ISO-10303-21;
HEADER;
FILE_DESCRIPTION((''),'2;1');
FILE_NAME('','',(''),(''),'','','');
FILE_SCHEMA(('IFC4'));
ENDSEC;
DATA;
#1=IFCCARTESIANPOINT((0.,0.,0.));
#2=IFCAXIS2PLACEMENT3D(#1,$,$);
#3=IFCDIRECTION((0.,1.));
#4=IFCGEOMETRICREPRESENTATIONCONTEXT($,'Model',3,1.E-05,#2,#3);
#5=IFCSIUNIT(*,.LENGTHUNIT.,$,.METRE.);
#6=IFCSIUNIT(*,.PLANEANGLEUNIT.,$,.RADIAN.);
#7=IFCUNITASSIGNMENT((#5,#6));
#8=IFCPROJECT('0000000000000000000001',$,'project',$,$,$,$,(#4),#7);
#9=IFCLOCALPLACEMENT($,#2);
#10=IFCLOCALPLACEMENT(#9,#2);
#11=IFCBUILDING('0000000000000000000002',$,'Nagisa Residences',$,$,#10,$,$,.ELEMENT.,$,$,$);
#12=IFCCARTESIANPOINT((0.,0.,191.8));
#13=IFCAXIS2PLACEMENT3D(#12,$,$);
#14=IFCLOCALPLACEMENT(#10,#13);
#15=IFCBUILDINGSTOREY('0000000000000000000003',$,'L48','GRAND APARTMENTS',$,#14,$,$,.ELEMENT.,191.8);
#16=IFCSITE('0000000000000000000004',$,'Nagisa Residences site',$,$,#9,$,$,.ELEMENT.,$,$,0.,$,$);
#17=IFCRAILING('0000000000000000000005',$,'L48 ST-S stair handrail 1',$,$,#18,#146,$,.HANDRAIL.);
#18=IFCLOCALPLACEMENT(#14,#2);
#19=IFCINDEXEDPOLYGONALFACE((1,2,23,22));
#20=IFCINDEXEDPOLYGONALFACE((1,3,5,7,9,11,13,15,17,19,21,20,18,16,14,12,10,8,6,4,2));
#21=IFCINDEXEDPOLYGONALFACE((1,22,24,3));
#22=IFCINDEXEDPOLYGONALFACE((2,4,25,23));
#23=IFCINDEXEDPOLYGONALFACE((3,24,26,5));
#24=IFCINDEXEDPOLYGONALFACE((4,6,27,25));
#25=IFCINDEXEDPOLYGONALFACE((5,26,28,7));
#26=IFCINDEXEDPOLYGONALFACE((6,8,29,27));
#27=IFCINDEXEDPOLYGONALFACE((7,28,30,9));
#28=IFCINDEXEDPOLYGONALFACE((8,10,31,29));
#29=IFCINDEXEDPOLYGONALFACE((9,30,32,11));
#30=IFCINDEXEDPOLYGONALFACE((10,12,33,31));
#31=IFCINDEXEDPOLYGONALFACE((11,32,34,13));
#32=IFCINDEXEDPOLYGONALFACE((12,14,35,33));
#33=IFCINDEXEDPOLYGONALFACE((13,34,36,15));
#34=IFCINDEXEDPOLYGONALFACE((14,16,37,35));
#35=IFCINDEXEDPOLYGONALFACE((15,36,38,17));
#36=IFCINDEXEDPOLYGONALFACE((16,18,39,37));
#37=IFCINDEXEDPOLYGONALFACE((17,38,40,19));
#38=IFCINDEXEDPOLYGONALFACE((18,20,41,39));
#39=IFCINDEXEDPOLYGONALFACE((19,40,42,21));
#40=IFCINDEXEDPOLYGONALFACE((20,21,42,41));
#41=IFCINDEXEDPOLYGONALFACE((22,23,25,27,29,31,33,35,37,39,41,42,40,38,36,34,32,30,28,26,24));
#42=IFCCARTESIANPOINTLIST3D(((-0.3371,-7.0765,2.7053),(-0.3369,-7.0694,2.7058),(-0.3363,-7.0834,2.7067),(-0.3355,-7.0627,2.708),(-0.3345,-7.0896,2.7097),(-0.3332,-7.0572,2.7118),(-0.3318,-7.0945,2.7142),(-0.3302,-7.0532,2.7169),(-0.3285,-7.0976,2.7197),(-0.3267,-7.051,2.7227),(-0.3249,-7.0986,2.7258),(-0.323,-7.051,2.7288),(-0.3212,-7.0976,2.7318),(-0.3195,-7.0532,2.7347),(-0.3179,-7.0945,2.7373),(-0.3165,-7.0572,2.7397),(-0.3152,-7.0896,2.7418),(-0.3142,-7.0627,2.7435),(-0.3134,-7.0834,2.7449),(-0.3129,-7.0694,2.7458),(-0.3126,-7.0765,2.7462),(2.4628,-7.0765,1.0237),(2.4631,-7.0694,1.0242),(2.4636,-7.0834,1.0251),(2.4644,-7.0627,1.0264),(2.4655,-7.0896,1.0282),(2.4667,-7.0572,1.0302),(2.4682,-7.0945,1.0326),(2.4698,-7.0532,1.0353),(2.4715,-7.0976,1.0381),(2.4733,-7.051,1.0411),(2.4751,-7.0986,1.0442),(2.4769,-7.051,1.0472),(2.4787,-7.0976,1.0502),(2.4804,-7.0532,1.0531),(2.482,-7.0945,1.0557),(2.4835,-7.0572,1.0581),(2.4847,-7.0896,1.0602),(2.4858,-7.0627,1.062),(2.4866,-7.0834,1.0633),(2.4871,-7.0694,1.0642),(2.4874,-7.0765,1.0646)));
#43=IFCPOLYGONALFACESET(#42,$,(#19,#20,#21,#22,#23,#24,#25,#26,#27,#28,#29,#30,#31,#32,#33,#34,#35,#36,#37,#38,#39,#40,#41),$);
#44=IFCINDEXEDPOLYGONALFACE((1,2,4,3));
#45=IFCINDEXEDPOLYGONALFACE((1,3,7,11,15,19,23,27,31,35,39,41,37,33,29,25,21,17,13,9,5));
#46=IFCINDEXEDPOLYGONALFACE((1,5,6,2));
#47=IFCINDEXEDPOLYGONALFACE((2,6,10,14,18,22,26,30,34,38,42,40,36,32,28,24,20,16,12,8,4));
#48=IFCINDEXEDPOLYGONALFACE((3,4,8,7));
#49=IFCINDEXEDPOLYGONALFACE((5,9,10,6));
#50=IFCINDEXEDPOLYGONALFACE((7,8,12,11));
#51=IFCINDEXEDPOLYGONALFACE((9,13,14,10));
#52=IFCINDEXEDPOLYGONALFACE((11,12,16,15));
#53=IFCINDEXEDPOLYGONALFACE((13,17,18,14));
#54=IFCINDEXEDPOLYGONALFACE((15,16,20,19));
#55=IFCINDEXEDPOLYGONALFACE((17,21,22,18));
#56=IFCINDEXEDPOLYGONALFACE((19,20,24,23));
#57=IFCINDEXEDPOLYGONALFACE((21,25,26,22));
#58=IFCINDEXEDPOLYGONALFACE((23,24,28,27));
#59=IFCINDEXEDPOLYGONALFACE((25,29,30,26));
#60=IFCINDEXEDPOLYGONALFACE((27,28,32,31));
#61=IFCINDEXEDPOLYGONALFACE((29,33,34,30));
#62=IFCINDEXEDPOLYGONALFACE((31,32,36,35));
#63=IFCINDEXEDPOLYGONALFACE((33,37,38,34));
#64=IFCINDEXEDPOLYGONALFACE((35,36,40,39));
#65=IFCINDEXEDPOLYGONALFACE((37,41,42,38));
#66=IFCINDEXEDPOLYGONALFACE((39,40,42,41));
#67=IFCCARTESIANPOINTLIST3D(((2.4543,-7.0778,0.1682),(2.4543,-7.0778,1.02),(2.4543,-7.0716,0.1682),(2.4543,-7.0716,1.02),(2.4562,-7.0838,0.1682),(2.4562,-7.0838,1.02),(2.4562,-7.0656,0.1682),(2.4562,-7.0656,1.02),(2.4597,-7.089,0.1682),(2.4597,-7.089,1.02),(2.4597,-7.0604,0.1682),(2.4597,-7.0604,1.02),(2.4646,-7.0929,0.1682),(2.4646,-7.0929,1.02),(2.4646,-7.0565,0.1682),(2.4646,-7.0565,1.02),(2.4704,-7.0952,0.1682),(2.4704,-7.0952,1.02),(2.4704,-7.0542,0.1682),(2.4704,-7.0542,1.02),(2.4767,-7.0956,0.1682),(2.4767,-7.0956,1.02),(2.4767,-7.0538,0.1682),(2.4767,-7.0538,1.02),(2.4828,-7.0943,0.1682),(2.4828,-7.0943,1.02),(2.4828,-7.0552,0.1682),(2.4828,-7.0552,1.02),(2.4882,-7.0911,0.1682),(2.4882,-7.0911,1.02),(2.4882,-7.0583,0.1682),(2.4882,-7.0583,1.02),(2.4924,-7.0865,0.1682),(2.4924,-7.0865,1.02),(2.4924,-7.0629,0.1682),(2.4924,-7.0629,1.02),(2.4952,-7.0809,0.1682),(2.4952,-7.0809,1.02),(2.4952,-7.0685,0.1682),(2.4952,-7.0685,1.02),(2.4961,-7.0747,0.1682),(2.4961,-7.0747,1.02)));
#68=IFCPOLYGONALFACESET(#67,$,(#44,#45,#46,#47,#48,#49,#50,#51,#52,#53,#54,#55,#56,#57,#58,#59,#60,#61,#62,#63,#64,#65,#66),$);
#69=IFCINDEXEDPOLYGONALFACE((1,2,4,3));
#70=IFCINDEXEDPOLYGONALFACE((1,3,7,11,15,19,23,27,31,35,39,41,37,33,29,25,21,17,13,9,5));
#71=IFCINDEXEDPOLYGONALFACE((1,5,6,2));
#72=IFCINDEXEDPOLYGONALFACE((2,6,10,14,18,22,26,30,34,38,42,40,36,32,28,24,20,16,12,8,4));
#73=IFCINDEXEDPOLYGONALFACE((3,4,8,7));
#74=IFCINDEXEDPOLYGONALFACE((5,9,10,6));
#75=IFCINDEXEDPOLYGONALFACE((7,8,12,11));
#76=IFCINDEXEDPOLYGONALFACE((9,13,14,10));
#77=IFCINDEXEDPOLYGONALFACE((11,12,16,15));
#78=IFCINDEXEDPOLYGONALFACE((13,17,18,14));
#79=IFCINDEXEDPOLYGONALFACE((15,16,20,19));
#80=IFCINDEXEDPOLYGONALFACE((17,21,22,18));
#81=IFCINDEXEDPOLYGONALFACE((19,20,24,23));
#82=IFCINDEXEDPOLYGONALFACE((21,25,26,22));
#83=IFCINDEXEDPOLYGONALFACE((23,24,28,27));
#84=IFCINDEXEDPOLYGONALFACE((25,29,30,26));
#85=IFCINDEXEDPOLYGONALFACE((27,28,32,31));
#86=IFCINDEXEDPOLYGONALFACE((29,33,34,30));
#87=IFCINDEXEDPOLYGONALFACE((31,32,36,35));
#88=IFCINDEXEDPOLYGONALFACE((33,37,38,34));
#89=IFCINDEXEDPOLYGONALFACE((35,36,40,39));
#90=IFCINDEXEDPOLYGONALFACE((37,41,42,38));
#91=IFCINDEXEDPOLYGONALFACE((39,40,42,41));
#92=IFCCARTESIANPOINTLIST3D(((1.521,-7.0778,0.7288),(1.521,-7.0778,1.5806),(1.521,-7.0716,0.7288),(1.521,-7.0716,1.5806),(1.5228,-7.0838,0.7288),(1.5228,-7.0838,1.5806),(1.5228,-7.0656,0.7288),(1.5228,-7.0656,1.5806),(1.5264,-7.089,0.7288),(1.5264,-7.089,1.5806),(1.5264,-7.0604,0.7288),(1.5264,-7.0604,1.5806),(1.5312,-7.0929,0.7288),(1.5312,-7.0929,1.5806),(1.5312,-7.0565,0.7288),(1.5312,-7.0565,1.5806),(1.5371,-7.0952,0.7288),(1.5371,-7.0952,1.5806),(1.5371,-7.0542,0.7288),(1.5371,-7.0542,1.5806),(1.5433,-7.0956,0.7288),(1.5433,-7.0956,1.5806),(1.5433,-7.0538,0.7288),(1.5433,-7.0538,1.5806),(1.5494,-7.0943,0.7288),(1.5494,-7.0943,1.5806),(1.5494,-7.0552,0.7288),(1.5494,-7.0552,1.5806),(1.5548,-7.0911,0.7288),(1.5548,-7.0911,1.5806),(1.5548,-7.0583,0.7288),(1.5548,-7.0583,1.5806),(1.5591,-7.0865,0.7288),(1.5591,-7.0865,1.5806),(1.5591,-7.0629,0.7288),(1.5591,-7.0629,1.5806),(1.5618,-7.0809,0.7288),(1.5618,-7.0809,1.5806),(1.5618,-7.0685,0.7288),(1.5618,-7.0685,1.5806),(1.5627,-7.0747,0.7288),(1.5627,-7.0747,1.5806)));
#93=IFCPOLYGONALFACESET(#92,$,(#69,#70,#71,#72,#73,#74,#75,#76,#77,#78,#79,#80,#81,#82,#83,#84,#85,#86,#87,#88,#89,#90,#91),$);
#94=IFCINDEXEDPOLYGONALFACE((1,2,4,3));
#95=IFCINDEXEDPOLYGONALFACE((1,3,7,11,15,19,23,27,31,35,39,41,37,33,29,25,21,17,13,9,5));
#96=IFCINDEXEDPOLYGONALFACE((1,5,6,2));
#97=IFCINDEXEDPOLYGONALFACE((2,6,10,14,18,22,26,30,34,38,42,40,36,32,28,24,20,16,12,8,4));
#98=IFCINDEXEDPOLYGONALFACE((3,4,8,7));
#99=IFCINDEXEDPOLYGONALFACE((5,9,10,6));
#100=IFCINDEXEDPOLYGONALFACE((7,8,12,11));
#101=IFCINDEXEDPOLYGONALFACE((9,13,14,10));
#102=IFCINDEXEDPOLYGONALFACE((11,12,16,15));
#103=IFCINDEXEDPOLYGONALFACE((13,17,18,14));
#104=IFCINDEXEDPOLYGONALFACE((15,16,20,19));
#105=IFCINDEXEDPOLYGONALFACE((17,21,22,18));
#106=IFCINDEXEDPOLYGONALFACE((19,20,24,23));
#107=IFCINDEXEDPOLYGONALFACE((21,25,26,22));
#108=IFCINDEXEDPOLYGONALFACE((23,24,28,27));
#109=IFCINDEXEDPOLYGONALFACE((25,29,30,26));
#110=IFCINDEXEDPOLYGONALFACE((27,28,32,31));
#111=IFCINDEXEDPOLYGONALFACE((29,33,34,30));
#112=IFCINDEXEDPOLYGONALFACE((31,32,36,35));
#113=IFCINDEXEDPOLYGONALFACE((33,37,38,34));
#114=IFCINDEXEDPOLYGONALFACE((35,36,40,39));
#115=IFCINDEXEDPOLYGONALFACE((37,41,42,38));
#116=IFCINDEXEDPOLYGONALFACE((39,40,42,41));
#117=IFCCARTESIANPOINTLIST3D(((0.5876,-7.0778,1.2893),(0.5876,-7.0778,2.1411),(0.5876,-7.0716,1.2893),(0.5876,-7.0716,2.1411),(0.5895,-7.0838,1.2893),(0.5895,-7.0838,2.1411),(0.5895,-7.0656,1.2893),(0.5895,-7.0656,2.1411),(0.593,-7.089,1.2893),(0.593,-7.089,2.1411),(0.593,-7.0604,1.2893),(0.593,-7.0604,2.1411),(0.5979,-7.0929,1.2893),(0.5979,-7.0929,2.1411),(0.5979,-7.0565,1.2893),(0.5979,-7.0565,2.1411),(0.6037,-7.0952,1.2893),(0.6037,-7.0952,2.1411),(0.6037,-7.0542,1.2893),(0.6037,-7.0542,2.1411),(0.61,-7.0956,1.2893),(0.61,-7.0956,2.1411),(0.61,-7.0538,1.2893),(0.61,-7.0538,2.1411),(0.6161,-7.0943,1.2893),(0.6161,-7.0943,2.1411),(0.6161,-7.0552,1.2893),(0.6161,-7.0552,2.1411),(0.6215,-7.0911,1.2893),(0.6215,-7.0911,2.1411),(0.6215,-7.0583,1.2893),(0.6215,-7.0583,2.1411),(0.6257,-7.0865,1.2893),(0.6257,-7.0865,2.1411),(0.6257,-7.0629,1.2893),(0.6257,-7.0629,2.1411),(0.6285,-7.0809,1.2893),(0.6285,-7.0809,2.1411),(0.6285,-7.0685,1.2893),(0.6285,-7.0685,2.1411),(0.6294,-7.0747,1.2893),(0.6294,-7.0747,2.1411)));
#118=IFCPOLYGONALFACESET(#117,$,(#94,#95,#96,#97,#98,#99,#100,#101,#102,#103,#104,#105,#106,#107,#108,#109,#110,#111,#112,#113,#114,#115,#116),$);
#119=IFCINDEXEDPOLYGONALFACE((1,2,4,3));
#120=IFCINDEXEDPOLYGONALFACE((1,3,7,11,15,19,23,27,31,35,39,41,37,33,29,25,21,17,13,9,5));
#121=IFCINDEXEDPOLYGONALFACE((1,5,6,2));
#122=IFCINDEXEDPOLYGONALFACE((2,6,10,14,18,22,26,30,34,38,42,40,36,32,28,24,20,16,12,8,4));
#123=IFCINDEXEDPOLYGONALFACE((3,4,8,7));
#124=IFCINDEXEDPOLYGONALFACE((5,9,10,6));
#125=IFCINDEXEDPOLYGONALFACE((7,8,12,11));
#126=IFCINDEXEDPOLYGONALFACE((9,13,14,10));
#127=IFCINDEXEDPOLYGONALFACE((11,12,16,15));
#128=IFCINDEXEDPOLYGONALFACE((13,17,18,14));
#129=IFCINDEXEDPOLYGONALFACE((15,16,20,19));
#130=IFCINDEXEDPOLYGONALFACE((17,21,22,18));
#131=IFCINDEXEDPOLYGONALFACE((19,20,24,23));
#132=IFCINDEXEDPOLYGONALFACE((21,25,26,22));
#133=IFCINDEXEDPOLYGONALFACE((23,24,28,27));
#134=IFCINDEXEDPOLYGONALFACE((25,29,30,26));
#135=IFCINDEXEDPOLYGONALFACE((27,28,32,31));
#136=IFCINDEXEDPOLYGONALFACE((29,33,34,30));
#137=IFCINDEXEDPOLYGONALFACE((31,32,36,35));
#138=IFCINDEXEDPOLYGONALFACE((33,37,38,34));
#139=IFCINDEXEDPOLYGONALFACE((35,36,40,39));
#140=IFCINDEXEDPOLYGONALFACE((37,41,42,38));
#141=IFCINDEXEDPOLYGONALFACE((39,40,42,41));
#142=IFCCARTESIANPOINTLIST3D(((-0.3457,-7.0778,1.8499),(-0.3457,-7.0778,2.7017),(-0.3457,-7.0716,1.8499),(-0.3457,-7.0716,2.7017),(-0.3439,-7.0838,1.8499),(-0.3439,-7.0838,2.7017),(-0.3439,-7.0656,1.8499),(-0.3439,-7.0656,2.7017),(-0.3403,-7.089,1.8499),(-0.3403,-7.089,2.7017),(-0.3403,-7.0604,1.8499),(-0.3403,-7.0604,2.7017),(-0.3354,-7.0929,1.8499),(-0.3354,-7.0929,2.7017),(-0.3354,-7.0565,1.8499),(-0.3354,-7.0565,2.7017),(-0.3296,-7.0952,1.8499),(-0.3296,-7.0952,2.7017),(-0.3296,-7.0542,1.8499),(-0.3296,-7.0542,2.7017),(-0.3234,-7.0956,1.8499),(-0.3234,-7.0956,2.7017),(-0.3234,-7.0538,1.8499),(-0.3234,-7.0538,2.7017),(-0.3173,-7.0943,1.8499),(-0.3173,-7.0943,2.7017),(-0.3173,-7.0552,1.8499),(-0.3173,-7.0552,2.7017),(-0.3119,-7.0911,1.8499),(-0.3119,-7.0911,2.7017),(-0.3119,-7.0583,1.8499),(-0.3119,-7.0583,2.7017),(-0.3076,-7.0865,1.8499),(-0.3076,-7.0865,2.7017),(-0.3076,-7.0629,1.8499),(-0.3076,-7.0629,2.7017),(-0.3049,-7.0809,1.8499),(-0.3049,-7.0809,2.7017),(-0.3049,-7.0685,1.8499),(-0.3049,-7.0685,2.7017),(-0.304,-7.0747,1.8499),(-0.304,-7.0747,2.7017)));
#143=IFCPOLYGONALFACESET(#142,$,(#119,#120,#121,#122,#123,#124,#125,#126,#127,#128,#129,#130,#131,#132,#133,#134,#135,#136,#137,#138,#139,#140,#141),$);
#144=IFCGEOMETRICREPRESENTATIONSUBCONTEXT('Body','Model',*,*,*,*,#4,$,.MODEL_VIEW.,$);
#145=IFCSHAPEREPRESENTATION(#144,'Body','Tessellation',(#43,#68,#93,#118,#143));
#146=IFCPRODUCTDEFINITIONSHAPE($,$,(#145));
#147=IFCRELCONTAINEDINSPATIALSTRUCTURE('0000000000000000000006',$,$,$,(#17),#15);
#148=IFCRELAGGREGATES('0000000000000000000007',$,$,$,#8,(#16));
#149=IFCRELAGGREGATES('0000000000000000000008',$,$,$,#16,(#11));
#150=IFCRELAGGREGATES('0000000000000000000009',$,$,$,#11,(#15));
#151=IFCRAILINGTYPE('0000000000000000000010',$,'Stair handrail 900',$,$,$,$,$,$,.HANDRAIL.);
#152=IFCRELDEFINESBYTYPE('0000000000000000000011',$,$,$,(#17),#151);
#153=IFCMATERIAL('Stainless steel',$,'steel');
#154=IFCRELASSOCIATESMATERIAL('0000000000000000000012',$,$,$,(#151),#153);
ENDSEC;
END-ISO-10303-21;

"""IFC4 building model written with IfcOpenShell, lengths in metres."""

from ifc_helpers import new_model, si_unit, direction, frame, origin, origin_2d, place, context, subcontext, project, spatial, circle, extrude, material, type_object, element, save


model = new_model("IFC4")

# Units and contexts
model_context = context("Model", 3, precision=1e-05, world=origin(), true_north=direction((0.0, 1.0)))
body_context = subcontext(model_context, "Body", "Model", "MODEL_VIEW")
ifc_project = project(units=[si_unit("LENGTHUNIT", "METRE"), si_unit("PLANEANGLEUNIT", "RADIAN")], contexts=[model_context])

# Site, building, storey
site_placement = place(None, origin())
site = spatial("IfcSite", under=ifc_project, at=site_placement, Name="Nagisa Residences site", CompositionType="ELEMENT", RefElevation=0.0)
building_placement = place(site_placement, origin())
building = spatial("IfcBuilding", under=site, at=building_placement, Name="Nagisa Residences", CompositionType="ELEMENT")
storey_placement = place(building_placement, frame((0.0, 0.0, 191.8)))
storey = spatial("IfcBuildingStorey", under=building, at=storey_placement, Name="L48", Description="GRAND APARTMENTS", CompositionType="ELEMENT", Elevation=191.8)

# Railing
ifc_material_1 = material(Name="Stainless steel", Category="steel")
railing_type = type_object("IfcRailingType", Name="Stair handrail 900", PredefinedType="HANDRAIL", material=ifc_material_1)
railing_1_placement = place(storey_placement, frame((2.4751, -7.0747, 0.1682)))
element("IfcRailing", 1, at=railing_1_placement, inside=storey, type_object=railing_type, Name="L48 ST-S stair handrail 1", PredefinedType="HANDRAIL", context=body_context, shape_type="SweptSolid", body=[
    extrude(circle(Radius=0.0239, at=origin_2d()), frame((0.0, 0.0, 0.876), z_axis=(-0.857275, 0.0, 0.514858), x_axis=(0.0, -1.0, 0.0)), (0.0, 0.0, 1.0), 3.2661),
    extrude(circle(Radius=0.021, at=origin_2d()), origin(), (0.0, 0.0, 1.0), 0.8518),
    extrude(circle(Radius=0.021, at=origin_2d()), frame((-0.9333, 0.0, 0.5605)), (0.0, 0.0, 1.0), 0.8518),
    extrude(circle(Radius=0.021, at=origin_2d()), frame((-1.8667, 0.0, 1.1211)), (0.0, 0.0, 1.0), 0.8518),
    extrude(circle(Radius=0.021, at=origin_2d()), frame((-2.8, 0.0, 1.6816)), (0.0, 0.0, 1.0), 0.8518),
])

save(model, "model.ifc")
